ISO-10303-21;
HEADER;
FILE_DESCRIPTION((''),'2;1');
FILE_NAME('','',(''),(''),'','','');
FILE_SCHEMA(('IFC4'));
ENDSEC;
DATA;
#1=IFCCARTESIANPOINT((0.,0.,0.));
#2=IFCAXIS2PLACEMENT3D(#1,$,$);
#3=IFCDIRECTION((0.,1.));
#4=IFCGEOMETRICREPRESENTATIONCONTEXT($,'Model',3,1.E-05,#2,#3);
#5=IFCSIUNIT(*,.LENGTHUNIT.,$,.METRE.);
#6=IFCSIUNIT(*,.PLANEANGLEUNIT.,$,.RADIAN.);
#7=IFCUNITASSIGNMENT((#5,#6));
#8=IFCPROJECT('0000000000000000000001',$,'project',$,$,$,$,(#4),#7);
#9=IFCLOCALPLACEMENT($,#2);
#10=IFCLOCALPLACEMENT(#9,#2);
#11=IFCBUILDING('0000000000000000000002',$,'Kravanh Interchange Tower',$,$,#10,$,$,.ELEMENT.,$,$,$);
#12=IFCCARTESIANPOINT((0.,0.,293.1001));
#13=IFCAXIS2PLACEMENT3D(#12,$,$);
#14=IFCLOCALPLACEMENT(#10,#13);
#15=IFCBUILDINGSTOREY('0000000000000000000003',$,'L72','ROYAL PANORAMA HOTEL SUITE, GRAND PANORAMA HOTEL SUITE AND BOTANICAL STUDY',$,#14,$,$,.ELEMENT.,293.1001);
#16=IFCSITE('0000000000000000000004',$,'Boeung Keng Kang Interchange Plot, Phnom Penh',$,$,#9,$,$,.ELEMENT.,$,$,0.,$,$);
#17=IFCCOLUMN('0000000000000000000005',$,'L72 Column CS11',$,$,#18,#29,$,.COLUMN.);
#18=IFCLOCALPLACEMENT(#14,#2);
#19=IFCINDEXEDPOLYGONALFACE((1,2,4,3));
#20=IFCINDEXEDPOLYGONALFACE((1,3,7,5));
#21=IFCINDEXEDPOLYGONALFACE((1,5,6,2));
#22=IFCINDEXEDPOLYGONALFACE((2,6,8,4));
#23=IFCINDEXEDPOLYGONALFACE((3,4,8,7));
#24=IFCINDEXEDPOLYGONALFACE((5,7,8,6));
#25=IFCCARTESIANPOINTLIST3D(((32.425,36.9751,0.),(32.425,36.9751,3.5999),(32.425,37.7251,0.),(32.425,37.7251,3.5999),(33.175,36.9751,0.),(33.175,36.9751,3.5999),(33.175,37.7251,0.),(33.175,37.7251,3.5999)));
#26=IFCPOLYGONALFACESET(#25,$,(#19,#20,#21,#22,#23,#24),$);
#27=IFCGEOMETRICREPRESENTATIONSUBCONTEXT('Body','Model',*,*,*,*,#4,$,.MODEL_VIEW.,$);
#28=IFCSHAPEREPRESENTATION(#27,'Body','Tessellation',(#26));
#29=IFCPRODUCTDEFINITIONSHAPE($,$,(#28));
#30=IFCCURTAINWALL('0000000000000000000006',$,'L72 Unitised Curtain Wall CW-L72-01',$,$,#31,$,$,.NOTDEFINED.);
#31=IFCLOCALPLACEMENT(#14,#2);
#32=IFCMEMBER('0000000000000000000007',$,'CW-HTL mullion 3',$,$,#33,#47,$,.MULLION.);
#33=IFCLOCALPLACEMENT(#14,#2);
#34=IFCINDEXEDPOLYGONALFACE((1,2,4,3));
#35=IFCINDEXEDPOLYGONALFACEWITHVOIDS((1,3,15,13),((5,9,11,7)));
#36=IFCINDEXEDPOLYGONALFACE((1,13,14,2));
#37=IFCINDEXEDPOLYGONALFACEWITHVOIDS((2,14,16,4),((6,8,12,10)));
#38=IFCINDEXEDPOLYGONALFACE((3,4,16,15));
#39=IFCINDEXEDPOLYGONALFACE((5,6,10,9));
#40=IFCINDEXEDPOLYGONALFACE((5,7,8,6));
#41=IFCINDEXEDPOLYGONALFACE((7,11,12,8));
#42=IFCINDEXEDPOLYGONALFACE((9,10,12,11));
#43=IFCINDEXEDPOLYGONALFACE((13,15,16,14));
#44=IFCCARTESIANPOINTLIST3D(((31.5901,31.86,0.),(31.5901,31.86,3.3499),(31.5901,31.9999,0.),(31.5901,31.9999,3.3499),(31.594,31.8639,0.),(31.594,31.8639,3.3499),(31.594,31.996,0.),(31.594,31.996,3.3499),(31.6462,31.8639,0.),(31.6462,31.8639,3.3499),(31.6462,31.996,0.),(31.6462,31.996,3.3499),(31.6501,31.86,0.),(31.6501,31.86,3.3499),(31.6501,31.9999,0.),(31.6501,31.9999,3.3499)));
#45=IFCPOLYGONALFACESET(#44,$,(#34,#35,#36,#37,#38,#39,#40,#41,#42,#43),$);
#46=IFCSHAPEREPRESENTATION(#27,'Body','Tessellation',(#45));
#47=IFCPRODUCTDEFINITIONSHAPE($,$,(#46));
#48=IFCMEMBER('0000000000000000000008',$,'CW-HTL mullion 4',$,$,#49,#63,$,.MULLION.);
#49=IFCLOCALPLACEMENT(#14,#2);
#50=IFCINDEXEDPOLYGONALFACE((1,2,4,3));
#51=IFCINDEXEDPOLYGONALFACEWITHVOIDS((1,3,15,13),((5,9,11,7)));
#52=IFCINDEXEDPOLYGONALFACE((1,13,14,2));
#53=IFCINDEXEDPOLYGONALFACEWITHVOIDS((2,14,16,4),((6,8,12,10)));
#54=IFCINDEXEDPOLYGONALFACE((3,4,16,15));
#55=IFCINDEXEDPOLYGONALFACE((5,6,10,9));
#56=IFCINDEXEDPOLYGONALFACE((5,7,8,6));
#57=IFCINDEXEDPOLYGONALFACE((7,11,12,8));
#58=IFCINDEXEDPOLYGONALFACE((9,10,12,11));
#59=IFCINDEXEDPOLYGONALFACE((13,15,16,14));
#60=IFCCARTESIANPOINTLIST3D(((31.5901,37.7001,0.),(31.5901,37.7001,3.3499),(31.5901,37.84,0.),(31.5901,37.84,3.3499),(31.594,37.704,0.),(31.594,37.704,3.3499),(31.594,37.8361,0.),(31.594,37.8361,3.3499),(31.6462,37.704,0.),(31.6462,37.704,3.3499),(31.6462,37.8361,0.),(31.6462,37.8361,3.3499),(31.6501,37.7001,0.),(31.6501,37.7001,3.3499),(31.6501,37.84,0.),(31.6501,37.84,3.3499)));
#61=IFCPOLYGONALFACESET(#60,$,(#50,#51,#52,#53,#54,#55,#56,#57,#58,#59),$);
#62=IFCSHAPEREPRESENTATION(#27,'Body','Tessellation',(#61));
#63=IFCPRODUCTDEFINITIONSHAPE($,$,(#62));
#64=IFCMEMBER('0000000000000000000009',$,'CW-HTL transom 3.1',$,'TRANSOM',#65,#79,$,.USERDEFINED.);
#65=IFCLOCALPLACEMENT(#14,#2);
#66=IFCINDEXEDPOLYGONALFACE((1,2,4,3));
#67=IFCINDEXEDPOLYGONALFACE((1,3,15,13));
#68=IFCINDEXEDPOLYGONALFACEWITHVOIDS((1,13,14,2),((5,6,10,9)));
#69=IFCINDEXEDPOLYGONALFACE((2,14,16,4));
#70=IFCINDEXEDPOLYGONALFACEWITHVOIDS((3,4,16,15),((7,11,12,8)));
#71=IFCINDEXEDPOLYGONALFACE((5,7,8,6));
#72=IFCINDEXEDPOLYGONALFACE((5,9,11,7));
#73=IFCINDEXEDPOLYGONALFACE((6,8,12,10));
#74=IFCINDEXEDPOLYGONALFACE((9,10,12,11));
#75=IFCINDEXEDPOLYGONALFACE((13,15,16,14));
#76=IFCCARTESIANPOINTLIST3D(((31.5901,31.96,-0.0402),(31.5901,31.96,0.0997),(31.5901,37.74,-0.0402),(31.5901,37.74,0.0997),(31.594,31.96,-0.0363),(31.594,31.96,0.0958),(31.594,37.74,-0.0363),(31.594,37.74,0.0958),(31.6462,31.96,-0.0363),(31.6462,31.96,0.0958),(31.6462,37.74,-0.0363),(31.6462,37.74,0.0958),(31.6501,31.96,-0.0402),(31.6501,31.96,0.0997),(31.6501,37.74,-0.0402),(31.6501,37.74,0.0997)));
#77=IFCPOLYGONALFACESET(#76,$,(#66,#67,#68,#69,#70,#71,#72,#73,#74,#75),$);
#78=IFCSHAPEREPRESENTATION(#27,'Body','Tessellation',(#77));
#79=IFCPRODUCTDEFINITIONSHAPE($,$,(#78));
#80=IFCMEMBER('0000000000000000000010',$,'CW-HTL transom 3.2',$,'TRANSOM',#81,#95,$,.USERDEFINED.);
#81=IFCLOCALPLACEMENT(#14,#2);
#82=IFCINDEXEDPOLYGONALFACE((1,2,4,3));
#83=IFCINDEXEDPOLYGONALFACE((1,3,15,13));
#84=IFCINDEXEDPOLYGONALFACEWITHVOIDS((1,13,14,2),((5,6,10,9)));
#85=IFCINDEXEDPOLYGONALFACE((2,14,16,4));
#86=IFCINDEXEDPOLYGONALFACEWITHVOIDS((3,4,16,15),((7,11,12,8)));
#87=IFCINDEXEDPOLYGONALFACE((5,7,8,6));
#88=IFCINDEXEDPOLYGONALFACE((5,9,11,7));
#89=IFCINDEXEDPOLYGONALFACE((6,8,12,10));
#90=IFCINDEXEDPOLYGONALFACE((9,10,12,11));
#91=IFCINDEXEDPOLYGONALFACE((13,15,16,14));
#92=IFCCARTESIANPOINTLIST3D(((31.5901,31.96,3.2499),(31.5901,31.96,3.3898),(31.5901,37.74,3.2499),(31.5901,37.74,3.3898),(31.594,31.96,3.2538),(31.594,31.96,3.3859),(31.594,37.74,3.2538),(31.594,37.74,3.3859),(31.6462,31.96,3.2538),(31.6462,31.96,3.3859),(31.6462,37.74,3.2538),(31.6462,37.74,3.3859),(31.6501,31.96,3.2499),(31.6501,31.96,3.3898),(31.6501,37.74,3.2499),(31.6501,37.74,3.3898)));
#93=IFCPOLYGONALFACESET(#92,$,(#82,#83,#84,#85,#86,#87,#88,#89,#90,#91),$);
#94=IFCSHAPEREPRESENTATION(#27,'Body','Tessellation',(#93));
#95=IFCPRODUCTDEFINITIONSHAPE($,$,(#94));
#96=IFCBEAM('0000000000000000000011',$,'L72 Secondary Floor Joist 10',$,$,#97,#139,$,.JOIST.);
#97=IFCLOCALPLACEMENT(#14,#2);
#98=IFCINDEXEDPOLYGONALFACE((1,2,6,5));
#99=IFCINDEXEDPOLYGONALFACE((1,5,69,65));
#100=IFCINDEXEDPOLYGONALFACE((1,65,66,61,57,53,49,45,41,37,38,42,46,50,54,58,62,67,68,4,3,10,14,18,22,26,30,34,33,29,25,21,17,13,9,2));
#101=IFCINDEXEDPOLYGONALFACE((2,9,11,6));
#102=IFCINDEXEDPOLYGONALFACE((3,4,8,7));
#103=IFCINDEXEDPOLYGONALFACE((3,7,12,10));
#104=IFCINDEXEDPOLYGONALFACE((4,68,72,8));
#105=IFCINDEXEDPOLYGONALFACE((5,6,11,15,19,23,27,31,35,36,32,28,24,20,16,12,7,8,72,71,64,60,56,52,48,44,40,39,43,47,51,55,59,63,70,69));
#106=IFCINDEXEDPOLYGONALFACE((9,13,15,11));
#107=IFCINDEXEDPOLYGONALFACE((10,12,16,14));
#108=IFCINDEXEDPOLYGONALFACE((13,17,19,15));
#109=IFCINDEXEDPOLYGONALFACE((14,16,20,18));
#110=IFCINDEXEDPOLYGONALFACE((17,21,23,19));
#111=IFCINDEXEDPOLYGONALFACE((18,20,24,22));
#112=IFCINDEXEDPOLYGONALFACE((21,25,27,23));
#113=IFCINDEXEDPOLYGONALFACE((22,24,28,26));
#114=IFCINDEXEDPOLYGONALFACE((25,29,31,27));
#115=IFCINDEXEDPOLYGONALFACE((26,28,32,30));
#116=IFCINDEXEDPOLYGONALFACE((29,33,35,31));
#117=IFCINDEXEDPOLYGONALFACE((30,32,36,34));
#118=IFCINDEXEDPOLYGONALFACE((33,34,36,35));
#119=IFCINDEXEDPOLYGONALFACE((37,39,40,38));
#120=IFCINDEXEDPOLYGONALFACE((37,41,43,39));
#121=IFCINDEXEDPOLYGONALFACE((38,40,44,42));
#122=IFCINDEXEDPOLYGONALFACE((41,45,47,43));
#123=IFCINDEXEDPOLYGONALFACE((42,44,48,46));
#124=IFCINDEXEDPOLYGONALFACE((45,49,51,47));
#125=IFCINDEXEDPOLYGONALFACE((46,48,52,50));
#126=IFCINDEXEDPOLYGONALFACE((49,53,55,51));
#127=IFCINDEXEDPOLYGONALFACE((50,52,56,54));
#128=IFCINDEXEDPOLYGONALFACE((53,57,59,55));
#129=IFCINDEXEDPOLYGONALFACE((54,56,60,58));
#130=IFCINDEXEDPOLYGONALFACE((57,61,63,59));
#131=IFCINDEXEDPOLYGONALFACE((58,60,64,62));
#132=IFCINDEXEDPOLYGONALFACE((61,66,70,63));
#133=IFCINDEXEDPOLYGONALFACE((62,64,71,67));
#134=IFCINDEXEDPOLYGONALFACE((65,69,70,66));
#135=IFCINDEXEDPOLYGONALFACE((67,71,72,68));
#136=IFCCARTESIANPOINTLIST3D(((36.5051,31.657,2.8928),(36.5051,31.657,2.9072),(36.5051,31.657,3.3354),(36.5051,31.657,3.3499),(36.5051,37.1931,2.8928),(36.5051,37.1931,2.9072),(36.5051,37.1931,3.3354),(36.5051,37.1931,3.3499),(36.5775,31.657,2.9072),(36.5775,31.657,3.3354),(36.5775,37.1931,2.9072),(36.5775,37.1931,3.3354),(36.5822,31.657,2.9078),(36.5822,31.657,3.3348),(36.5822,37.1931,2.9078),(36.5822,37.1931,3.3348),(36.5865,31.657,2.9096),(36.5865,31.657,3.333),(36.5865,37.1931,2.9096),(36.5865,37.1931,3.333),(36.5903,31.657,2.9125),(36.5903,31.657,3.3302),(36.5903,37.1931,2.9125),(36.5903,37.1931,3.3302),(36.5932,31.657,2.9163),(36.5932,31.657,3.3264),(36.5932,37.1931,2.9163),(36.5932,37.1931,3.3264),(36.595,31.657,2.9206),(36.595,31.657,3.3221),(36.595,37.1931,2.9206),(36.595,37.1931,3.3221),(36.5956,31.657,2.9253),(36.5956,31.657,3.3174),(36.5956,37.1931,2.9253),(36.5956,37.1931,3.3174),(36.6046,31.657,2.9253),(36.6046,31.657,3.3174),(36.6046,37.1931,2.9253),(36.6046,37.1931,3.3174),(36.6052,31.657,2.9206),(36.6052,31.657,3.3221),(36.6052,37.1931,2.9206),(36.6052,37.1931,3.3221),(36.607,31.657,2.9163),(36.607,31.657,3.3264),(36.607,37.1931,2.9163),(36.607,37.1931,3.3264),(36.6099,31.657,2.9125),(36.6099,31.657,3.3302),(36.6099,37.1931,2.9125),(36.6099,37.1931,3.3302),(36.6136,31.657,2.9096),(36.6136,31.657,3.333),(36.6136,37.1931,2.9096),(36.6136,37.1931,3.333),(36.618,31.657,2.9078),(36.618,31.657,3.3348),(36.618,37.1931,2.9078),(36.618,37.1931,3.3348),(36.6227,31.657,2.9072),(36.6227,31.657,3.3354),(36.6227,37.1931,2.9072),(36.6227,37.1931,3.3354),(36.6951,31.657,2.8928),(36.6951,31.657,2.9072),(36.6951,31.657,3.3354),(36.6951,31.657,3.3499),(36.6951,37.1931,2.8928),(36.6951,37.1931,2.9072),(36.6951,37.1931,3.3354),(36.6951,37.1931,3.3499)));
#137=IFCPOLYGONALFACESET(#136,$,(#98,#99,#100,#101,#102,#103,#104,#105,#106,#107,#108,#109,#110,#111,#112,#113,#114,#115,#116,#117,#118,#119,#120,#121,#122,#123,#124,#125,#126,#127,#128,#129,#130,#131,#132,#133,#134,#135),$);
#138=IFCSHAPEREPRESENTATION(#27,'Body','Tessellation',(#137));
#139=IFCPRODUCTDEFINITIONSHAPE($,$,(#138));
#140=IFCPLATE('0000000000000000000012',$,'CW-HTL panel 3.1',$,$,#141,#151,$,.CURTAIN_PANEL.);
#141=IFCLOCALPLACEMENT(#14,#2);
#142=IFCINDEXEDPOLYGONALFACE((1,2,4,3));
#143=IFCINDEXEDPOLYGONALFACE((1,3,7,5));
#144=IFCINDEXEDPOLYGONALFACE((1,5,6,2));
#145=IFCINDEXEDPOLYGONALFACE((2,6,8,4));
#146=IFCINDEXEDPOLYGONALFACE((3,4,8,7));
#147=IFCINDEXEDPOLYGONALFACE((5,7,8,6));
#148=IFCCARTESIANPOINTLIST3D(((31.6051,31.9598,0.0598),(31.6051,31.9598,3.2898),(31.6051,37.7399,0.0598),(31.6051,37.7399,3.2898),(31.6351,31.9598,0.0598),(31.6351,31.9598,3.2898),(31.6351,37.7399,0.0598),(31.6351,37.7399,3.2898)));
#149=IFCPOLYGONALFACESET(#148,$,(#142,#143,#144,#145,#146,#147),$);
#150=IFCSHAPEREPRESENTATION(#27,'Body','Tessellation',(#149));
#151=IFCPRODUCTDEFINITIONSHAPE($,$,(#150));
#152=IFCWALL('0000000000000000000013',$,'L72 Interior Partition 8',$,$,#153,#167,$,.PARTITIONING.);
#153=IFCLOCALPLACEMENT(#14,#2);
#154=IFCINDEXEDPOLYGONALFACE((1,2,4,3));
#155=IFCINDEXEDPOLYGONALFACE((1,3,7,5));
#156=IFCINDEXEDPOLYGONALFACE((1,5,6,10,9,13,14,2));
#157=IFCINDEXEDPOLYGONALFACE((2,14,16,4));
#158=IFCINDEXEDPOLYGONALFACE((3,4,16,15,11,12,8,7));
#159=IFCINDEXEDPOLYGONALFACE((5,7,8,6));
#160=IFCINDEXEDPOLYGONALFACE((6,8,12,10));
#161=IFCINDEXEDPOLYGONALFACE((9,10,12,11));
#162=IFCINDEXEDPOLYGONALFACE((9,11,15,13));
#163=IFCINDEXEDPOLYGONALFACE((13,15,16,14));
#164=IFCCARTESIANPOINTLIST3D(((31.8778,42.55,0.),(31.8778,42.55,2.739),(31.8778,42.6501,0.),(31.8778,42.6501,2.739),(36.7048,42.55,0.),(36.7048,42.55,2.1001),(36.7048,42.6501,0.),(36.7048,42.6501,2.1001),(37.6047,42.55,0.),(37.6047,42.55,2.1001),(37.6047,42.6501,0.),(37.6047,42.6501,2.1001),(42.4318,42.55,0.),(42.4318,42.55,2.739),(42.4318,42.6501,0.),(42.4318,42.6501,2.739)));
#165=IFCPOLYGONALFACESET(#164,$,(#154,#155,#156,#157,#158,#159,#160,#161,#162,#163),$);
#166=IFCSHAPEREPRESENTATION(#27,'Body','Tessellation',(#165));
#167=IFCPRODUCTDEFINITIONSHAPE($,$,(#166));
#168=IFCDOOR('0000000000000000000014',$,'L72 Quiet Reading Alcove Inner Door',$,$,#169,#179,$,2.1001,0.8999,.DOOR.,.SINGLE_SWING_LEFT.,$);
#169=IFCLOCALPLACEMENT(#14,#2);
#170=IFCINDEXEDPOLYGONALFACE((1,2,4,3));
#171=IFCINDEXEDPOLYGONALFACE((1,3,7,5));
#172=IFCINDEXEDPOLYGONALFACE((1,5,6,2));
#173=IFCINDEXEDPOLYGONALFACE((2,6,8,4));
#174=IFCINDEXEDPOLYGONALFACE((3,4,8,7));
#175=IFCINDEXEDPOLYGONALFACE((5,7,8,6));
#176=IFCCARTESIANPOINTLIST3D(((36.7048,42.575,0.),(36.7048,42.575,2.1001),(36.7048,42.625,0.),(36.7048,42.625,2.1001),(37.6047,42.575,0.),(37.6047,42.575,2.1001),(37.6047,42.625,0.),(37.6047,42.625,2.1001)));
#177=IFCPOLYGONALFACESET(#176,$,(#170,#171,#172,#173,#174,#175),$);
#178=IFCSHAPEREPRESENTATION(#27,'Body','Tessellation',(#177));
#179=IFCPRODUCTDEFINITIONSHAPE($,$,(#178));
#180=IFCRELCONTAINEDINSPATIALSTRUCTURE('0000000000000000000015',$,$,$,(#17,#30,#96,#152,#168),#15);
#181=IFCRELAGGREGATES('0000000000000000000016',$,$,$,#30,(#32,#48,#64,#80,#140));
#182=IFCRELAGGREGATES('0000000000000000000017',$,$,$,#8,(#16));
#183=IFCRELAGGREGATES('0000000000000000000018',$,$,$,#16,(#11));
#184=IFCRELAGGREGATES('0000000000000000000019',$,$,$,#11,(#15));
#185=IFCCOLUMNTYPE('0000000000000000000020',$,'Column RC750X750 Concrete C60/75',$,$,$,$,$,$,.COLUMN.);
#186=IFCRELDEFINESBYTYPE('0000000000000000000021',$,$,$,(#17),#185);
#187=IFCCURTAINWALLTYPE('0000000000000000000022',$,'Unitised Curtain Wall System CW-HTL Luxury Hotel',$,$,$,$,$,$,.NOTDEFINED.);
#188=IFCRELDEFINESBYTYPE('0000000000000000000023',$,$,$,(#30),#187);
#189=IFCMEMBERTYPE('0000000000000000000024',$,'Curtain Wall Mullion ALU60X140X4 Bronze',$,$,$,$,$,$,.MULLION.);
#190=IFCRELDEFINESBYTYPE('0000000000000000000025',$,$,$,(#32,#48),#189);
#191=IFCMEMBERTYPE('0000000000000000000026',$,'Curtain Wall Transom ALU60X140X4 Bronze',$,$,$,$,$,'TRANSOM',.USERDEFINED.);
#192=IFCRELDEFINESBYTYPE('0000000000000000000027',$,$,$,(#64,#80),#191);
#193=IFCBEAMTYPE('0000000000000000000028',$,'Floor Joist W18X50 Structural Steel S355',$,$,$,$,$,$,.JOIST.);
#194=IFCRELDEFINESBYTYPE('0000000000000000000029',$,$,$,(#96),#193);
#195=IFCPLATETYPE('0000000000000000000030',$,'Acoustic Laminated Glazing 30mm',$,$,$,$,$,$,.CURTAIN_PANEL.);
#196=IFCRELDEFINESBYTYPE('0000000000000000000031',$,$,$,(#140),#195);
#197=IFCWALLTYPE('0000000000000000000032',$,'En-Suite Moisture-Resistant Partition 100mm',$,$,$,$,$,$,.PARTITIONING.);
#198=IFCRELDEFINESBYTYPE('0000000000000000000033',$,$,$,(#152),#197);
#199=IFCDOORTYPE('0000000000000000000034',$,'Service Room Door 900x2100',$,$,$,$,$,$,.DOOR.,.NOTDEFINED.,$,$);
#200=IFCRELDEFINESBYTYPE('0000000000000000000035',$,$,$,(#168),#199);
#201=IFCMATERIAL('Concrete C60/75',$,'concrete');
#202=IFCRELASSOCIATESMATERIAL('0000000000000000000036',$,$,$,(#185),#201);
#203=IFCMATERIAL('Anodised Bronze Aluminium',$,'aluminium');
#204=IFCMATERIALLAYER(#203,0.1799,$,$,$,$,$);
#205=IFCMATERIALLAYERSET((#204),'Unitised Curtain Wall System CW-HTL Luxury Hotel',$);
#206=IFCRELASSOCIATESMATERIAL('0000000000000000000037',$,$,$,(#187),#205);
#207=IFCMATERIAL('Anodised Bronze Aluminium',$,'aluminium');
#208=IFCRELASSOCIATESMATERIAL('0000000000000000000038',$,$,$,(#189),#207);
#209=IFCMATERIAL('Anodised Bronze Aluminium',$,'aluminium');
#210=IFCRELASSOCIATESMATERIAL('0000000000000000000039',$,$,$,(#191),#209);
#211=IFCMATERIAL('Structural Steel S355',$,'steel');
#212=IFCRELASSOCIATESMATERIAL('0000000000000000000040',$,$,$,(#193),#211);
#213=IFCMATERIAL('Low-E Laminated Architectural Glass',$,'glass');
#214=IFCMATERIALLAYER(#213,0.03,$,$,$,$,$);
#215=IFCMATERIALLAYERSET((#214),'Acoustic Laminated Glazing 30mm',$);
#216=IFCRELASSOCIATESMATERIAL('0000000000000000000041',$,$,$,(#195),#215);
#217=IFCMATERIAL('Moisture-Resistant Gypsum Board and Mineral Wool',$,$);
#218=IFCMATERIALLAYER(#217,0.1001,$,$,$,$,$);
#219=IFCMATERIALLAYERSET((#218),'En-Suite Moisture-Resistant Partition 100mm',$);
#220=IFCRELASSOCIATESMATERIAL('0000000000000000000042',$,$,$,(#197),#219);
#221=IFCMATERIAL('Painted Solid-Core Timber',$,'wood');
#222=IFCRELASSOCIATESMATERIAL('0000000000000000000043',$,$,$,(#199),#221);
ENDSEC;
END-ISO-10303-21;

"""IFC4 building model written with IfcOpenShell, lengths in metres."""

from ifc_helpers import new_model, si_unit, direction, frame, frame_2d, origin, origin_2d, place, context, subcontext, project, spatial, rectangle, hollow_rectangle, i_section, extrude, material, layer, layer_set, material_profile, profile_set, type_object, element, fill, aggregate, save


model = new_model("IFC4")

# Units and contexts
model_context = context("Model", 3, precision=1e-05, world=origin(), true_north=direction((0.0, 1.0)))
body_context = subcontext(model_context, "Body", "Model", "MODEL_VIEW")
ifc_project = project(units=[si_unit("LENGTHUNIT", "METRE"), si_unit("PLANEANGLEUNIT", "RADIAN")], contexts=[model_context])

# Site, building, storey
site_placement = place(None, origin())
site = spatial("IfcSite", under=ifc_project, at=site_placement, Name="Boeung Keng Kang Interchange Plot, Phnom Penh", CompositionType="ELEMENT", RefElevation=0.0)
building_placement = place(site_placement, origin())
building = spatial("IfcBuilding", under=site, at=building_placement, Name="Kravanh Interchange Tower", CompositionType="ELEMENT")
storey_placement = place(building_placement, frame((0.0, 0.0, 293.1001)))
storey = spatial("IfcBuildingStorey", under=building, at=storey_placement, Name="L72", Description="ROYAL PANORAMA HOTEL SUITE, GRAND PANORAMA HOTEL SUITE AND BOTANICAL STUDY", CompositionType="ELEMENT", Elevation=293.1001)

# Column
ifc_material_1 = material(Name="Concrete C60/75", Category="concrete")
ifc_material_profile_1 = material_profile(ifc_material_1, rectangle(XDim=0.75, YDim=0.75, at=origin_2d()), Name="RC750X750")
ifc_profile_set_1 = profile_set([ifc_material_profile_1], Name="Concrete C60/75")
column_type = type_object("IfcColumnType", Name="Column RC750X750 Concrete C60/75", PredefinedType="COLUMN", material=ifc_profile_set_1)
column_placement = place(storey_placement, frame((32.8, 37.3501, 0.0), z_axis=(0.0, 0.0, 1.0), x_axis=(1.0, 0.0, 0.0)))
element("IfcColumn", 1, at=column_placement, inside=storey, type_object=column_type, Name="L72 Column CS11", PredefinedType="COLUMN", context=body_context, shape_type="SweptSolid", body=[
    extrude(rectangle(XDim=0.75, YDim=0.75, at=origin_2d()), origin(), (0.0, 0.0, 1.0), 3.5999),
])

# Curtain wall, members
ifc_material_2 = material(Name="Anodised Bronze Aluminium", Category="aluminium")
ifc_layer_1 = layer(ifc_material_2, 0.1799)
ifc_layer_set_1 = layer_set([ifc_layer_1], Name="Unitised Curtain Wall System CW-HTL Luxury Hotel")
curtain_wall_type = type_object("IfcCurtainWallType", Name="Unitised Curtain Wall System CW-HTL Luxury Hotel", PredefinedType="NOTDEFINED", material=ifc_layer_set_1)
curtain_wall_placement = place(storey_placement, origin())
curtain_wall = element("IfcCurtainWall", 2, at=curtain_wall_placement, inside=storey, type_object=curtain_wall_type, Name="L72 Unitised Curtain Wall CW-L72-01", PredefinedType="NOTDEFINED")
ifc_material_3 = material(Name="Anodised Bronze Aluminium", Category="aluminium")
ifc_material_profile_2 = material_profile(ifc_material_3, hollow_rectangle(XDim=0.0601, YDim=0.1399, WallThickness=0.0039, at=origin_2d()), Name="ALU60X140X4")
ifc_profile_set_2 = profile_set([ifc_material_profile_2], Name="Anodised Bronze Aluminium")
member_type_1 = type_object("IfcMemberType", Name="Curtain Wall Mullion ALU60X140X4 Bronze", PredefinedType="MULLION", material=ifc_profile_set_2)
member_1_placement = place(storey_placement, frame((31.6201, 31.9299, 0.0), z_axis=(0.0, 0.0, 1.0), x_axis=(-1.0, 0.0, 0.0)))
member_1 = element("IfcMember", 3, at=member_1_placement, type_object=member_type_1, Name="CW-HTL mullion 3", PredefinedType="MULLION", context=body_context, shape_type="SweptSolid", body=[
    extrude(hollow_rectangle(XDim=0.0601, YDim=0.1399, WallThickness=0.0039, at=origin_2d()), origin(), (0.0, 0.0, 1.0), 3.3499),
])
member_2_placement = place(storey_placement, frame((31.6201, 37.77, 0.0), z_axis=(0.0, 0.0, 1.0), x_axis=(-1.0, 0.0, 0.0)))
member_2 = element("IfcMember", 4, at=member_2_placement, type_object=member_type_1, Name="CW-HTL mullion 4", PredefinedType="MULLION", context=body_context, shape_type="SweptSolid", body=[
    extrude(hollow_rectangle(XDim=0.0601, YDim=0.1399, WallThickness=0.0039, at=origin_2d()), origin(), (0.0, 0.0, 1.0), 3.3499),
])
ifc_material_4 = material(Name="Anodised Bronze Aluminium", Category="aluminium")
ifc_material_profile_3 = material_profile(ifc_material_4, hollow_rectangle(XDim=0.0601, YDim=0.1399, WallThickness=0.0039, at=origin_2d()), Name="ALU60X140X4")
ifc_profile_set_3 = profile_set([ifc_material_profile_3], Name="Anodised Bronze Aluminium")
member_type_2 = type_object("IfcMemberType", Name="Curtain Wall Transom ALU60X140X4 Bronze", ElementType="TRANSOM", PredefinedType="USERDEFINED", material=ifc_profile_set_3)
member_3_placement = place(storey_placement, frame((31.6201, 31.96, 0.0298), z_axis=(0.0, 1.0, 0.0), x_axis=(-1.0, 0.0, 0.0)))
member_3 = element("IfcMember", 5, at=member_3_placement, type_object=member_type_2, Name="CW-HTL transom 3.1", ObjectType="TRANSOM", PredefinedType="USERDEFINED", context=body_context, shape_type="SweptSolid", body=[
    extrude(hollow_rectangle(XDim=0.0601, YDim=0.1399, WallThickness=0.0039, at=origin_2d()), origin(), (0.0, 0.0, 1.0), 5.78),
])
member_4_placement = place(storey_placement, frame((31.6201, 31.96, 3.3198), z_axis=(0.0, 1.0, 0.0), x_axis=(-1.0, 0.0, 0.0)))
member_4 = element("IfcMember", 6, at=member_4_placement, type_object=member_type_2, Name="CW-HTL transom 3.2", ObjectType="TRANSOM", PredefinedType="USERDEFINED", context=body_context, shape_type="SweptSolid", body=[
    extrude(hollow_rectangle(XDim=0.0601, YDim=0.1399, WallThickness=0.0039, at=origin_2d()), origin(), (0.0, 0.0, 1.0), 5.78),
])

# Beam
ifc_material_5 = material(Name="Structural Steel S355", Category="steel")
ifc_material_profile_4 = material_profile(ifc_material_5, i_section(OverallWidth=0.1899, OverallDepth=0.457, WebThickness=0.009, FlangeThickness=0.0144, FilletRadius=0.0181, at=origin_2d()), Name="W18X50")
ifc_profile_set_4 = profile_set([ifc_material_profile_4], Name="Structural Steel S355")
beam_type = type_object("IfcBeamType", Name="Floor Joist W18X50 Structural Steel S355", PredefinedType="JOIST", material=ifc_profile_set_4)
beam_placement = place(storey_placement, frame((36.6001, 31.657, 3.1213), z_axis=(0.0, 1.0, 0.0), x_axis=(-1.0, 0.0, 0.0)))
element("IfcBeam", 7, at=beam_placement, inside=storey, type_object=beam_type, Name="L72 Secondary Floor Joist 10", PredefinedType="JOIST", context=body_context, shape_type="SweptSolid", body=[
    extrude(i_section(OverallWidth=0.1899, OverallDepth=0.457, WebThickness=0.009, FlangeThickness=0.0144, FilletRadius=0.0181, at=origin_2d()), origin(), (0.0, 0.0, 1.0), 5.5361),
])

# Plate
ifc_material_6 = material(Name="Low-E Laminated Architectural Glass", Category="glass")
ifc_layer_2 = layer(ifc_material_6, 0.03)
ifc_layer_set_2 = layer_set([ifc_layer_2], Name="Acoustic Laminated Glazing 30mm")
plate_type = type_object("IfcPlateType", Name="Acoustic Laminated Glazing 30mm", PredefinedType="CURTAIN_PANEL", material=ifc_layer_set_2)
plate_placement = place(storey_placement, frame((31.6201, 34.8499, 0.0598), z_axis=(0.0, 0.0, 1.0), x_axis=(0.0, 1.0, 0.0)))
plate = element("IfcPlate", 8, at=plate_placement, type_object=plate_type, Name="CW-HTL panel 3.1", PredefinedType="CURTAIN_PANEL", context=body_context, shape_type="SweptSolid", body=[
    extrude(rectangle(XDim=5.78, YDim=0.03, at=origin_2d()), origin(), (0.0, 0.0, 1.0), 3.23),
])
aggregate(curtain_wall, [member_1, member_2, member_3, member_4, plate])

# Wall, opening, door
ifc_material_7 = material(Name="Moisture-Resistant Gypsum Board and Mineral Wool")
ifc_layer_3 = layer(ifc_material_7, 0.1001)
ifc_layer_set_3 = layer_set([ifc_layer_3], Name="En-Suite Moisture-Resistant Partition 100mm")
wall_type_1 = type_object("IfcWallType", Name="En-Suite Moisture-Resistant Partition 100mm", PredefinedType="PARTITIONING", material=ifc_layer_set_3)
wall_1_placement = place(storey_placement, frame((31.8779, 42.6001, 0.0), z_axis=(0.0, 0.0, 1.0), x_axis=(1.0, 0.0, 0.0)))
wall_1 = element("IfcWall", 9, at=wall_1_placement, inside=storey, type_object=wall_type_1, Name="L72 Interior Partition 8", PredefinedType="PARTITIONING", context=body_context, shape_type="SweptSolid", body=[
    extrude(rectangle(XDim=10.554, YDim=0.1001, at=frame_2d((5.2769, 0.0))), origin(), (0.0, 0.0, 1.0), 2.739),
])
opening_1_placement = place(wall_1_placement, frame((4.8269, 0.0, 0.0)))
opening_1 = element("IfcOpeningElement", 10, at=opening_1_placement, cuts=wall_1, PredefinedType="OPENING", context=body_context, shape_type="SweptSolid", body=[
    extrude(rectangle(XDim=0.8999, YDim=2.1001, at=frame_2d((0.45, 1.05))), frame((0.0, 0.0601, 0.0), z_axis=(0.0, -1.0, 0.0), x_axis=(1.0, 0.0, 0.0)), (0.0, 0.0, 1.0), 0.1201),
])
ifc_material_8 = material(Name="Painted Solid-Core Timber", Category="wood")
door_type_1 = type_object("IfcDoorType", Name="Service Room Door 900x2100", OperationType="NOTDEFINED", PredefinedType="DOOR", material=ifc_material_8)
door_1_placement = place(opening_1_placement, origin())
door_1 = element("IfcDoor", 11, at=door_1_placement, inside=storey, type_object=door_type_1, Name="L72 Quiet Reading Alcove Inner Door", OperationType="SINGLE_SWING_LEFT", OverallHeight=2.1001, OverallWidth=0.8999, PredefinedType="DOOR", context=body_context, shape_type="SweptSolid", body=[
    extrude(rectangle(XDim=0.8999, YDim=2.1001, at=frame_2d((0.45, 1.05))), frame((0.0, 0.0249, 0.0), z_axis=(0.0, -1.0, 0.0), x_axis=(1.0, 0.0, 0.0)), (0.0, 0.0, 1.0), 0.05),
])
fill(opening_1, door_1)

save(model, "model.ifc")
